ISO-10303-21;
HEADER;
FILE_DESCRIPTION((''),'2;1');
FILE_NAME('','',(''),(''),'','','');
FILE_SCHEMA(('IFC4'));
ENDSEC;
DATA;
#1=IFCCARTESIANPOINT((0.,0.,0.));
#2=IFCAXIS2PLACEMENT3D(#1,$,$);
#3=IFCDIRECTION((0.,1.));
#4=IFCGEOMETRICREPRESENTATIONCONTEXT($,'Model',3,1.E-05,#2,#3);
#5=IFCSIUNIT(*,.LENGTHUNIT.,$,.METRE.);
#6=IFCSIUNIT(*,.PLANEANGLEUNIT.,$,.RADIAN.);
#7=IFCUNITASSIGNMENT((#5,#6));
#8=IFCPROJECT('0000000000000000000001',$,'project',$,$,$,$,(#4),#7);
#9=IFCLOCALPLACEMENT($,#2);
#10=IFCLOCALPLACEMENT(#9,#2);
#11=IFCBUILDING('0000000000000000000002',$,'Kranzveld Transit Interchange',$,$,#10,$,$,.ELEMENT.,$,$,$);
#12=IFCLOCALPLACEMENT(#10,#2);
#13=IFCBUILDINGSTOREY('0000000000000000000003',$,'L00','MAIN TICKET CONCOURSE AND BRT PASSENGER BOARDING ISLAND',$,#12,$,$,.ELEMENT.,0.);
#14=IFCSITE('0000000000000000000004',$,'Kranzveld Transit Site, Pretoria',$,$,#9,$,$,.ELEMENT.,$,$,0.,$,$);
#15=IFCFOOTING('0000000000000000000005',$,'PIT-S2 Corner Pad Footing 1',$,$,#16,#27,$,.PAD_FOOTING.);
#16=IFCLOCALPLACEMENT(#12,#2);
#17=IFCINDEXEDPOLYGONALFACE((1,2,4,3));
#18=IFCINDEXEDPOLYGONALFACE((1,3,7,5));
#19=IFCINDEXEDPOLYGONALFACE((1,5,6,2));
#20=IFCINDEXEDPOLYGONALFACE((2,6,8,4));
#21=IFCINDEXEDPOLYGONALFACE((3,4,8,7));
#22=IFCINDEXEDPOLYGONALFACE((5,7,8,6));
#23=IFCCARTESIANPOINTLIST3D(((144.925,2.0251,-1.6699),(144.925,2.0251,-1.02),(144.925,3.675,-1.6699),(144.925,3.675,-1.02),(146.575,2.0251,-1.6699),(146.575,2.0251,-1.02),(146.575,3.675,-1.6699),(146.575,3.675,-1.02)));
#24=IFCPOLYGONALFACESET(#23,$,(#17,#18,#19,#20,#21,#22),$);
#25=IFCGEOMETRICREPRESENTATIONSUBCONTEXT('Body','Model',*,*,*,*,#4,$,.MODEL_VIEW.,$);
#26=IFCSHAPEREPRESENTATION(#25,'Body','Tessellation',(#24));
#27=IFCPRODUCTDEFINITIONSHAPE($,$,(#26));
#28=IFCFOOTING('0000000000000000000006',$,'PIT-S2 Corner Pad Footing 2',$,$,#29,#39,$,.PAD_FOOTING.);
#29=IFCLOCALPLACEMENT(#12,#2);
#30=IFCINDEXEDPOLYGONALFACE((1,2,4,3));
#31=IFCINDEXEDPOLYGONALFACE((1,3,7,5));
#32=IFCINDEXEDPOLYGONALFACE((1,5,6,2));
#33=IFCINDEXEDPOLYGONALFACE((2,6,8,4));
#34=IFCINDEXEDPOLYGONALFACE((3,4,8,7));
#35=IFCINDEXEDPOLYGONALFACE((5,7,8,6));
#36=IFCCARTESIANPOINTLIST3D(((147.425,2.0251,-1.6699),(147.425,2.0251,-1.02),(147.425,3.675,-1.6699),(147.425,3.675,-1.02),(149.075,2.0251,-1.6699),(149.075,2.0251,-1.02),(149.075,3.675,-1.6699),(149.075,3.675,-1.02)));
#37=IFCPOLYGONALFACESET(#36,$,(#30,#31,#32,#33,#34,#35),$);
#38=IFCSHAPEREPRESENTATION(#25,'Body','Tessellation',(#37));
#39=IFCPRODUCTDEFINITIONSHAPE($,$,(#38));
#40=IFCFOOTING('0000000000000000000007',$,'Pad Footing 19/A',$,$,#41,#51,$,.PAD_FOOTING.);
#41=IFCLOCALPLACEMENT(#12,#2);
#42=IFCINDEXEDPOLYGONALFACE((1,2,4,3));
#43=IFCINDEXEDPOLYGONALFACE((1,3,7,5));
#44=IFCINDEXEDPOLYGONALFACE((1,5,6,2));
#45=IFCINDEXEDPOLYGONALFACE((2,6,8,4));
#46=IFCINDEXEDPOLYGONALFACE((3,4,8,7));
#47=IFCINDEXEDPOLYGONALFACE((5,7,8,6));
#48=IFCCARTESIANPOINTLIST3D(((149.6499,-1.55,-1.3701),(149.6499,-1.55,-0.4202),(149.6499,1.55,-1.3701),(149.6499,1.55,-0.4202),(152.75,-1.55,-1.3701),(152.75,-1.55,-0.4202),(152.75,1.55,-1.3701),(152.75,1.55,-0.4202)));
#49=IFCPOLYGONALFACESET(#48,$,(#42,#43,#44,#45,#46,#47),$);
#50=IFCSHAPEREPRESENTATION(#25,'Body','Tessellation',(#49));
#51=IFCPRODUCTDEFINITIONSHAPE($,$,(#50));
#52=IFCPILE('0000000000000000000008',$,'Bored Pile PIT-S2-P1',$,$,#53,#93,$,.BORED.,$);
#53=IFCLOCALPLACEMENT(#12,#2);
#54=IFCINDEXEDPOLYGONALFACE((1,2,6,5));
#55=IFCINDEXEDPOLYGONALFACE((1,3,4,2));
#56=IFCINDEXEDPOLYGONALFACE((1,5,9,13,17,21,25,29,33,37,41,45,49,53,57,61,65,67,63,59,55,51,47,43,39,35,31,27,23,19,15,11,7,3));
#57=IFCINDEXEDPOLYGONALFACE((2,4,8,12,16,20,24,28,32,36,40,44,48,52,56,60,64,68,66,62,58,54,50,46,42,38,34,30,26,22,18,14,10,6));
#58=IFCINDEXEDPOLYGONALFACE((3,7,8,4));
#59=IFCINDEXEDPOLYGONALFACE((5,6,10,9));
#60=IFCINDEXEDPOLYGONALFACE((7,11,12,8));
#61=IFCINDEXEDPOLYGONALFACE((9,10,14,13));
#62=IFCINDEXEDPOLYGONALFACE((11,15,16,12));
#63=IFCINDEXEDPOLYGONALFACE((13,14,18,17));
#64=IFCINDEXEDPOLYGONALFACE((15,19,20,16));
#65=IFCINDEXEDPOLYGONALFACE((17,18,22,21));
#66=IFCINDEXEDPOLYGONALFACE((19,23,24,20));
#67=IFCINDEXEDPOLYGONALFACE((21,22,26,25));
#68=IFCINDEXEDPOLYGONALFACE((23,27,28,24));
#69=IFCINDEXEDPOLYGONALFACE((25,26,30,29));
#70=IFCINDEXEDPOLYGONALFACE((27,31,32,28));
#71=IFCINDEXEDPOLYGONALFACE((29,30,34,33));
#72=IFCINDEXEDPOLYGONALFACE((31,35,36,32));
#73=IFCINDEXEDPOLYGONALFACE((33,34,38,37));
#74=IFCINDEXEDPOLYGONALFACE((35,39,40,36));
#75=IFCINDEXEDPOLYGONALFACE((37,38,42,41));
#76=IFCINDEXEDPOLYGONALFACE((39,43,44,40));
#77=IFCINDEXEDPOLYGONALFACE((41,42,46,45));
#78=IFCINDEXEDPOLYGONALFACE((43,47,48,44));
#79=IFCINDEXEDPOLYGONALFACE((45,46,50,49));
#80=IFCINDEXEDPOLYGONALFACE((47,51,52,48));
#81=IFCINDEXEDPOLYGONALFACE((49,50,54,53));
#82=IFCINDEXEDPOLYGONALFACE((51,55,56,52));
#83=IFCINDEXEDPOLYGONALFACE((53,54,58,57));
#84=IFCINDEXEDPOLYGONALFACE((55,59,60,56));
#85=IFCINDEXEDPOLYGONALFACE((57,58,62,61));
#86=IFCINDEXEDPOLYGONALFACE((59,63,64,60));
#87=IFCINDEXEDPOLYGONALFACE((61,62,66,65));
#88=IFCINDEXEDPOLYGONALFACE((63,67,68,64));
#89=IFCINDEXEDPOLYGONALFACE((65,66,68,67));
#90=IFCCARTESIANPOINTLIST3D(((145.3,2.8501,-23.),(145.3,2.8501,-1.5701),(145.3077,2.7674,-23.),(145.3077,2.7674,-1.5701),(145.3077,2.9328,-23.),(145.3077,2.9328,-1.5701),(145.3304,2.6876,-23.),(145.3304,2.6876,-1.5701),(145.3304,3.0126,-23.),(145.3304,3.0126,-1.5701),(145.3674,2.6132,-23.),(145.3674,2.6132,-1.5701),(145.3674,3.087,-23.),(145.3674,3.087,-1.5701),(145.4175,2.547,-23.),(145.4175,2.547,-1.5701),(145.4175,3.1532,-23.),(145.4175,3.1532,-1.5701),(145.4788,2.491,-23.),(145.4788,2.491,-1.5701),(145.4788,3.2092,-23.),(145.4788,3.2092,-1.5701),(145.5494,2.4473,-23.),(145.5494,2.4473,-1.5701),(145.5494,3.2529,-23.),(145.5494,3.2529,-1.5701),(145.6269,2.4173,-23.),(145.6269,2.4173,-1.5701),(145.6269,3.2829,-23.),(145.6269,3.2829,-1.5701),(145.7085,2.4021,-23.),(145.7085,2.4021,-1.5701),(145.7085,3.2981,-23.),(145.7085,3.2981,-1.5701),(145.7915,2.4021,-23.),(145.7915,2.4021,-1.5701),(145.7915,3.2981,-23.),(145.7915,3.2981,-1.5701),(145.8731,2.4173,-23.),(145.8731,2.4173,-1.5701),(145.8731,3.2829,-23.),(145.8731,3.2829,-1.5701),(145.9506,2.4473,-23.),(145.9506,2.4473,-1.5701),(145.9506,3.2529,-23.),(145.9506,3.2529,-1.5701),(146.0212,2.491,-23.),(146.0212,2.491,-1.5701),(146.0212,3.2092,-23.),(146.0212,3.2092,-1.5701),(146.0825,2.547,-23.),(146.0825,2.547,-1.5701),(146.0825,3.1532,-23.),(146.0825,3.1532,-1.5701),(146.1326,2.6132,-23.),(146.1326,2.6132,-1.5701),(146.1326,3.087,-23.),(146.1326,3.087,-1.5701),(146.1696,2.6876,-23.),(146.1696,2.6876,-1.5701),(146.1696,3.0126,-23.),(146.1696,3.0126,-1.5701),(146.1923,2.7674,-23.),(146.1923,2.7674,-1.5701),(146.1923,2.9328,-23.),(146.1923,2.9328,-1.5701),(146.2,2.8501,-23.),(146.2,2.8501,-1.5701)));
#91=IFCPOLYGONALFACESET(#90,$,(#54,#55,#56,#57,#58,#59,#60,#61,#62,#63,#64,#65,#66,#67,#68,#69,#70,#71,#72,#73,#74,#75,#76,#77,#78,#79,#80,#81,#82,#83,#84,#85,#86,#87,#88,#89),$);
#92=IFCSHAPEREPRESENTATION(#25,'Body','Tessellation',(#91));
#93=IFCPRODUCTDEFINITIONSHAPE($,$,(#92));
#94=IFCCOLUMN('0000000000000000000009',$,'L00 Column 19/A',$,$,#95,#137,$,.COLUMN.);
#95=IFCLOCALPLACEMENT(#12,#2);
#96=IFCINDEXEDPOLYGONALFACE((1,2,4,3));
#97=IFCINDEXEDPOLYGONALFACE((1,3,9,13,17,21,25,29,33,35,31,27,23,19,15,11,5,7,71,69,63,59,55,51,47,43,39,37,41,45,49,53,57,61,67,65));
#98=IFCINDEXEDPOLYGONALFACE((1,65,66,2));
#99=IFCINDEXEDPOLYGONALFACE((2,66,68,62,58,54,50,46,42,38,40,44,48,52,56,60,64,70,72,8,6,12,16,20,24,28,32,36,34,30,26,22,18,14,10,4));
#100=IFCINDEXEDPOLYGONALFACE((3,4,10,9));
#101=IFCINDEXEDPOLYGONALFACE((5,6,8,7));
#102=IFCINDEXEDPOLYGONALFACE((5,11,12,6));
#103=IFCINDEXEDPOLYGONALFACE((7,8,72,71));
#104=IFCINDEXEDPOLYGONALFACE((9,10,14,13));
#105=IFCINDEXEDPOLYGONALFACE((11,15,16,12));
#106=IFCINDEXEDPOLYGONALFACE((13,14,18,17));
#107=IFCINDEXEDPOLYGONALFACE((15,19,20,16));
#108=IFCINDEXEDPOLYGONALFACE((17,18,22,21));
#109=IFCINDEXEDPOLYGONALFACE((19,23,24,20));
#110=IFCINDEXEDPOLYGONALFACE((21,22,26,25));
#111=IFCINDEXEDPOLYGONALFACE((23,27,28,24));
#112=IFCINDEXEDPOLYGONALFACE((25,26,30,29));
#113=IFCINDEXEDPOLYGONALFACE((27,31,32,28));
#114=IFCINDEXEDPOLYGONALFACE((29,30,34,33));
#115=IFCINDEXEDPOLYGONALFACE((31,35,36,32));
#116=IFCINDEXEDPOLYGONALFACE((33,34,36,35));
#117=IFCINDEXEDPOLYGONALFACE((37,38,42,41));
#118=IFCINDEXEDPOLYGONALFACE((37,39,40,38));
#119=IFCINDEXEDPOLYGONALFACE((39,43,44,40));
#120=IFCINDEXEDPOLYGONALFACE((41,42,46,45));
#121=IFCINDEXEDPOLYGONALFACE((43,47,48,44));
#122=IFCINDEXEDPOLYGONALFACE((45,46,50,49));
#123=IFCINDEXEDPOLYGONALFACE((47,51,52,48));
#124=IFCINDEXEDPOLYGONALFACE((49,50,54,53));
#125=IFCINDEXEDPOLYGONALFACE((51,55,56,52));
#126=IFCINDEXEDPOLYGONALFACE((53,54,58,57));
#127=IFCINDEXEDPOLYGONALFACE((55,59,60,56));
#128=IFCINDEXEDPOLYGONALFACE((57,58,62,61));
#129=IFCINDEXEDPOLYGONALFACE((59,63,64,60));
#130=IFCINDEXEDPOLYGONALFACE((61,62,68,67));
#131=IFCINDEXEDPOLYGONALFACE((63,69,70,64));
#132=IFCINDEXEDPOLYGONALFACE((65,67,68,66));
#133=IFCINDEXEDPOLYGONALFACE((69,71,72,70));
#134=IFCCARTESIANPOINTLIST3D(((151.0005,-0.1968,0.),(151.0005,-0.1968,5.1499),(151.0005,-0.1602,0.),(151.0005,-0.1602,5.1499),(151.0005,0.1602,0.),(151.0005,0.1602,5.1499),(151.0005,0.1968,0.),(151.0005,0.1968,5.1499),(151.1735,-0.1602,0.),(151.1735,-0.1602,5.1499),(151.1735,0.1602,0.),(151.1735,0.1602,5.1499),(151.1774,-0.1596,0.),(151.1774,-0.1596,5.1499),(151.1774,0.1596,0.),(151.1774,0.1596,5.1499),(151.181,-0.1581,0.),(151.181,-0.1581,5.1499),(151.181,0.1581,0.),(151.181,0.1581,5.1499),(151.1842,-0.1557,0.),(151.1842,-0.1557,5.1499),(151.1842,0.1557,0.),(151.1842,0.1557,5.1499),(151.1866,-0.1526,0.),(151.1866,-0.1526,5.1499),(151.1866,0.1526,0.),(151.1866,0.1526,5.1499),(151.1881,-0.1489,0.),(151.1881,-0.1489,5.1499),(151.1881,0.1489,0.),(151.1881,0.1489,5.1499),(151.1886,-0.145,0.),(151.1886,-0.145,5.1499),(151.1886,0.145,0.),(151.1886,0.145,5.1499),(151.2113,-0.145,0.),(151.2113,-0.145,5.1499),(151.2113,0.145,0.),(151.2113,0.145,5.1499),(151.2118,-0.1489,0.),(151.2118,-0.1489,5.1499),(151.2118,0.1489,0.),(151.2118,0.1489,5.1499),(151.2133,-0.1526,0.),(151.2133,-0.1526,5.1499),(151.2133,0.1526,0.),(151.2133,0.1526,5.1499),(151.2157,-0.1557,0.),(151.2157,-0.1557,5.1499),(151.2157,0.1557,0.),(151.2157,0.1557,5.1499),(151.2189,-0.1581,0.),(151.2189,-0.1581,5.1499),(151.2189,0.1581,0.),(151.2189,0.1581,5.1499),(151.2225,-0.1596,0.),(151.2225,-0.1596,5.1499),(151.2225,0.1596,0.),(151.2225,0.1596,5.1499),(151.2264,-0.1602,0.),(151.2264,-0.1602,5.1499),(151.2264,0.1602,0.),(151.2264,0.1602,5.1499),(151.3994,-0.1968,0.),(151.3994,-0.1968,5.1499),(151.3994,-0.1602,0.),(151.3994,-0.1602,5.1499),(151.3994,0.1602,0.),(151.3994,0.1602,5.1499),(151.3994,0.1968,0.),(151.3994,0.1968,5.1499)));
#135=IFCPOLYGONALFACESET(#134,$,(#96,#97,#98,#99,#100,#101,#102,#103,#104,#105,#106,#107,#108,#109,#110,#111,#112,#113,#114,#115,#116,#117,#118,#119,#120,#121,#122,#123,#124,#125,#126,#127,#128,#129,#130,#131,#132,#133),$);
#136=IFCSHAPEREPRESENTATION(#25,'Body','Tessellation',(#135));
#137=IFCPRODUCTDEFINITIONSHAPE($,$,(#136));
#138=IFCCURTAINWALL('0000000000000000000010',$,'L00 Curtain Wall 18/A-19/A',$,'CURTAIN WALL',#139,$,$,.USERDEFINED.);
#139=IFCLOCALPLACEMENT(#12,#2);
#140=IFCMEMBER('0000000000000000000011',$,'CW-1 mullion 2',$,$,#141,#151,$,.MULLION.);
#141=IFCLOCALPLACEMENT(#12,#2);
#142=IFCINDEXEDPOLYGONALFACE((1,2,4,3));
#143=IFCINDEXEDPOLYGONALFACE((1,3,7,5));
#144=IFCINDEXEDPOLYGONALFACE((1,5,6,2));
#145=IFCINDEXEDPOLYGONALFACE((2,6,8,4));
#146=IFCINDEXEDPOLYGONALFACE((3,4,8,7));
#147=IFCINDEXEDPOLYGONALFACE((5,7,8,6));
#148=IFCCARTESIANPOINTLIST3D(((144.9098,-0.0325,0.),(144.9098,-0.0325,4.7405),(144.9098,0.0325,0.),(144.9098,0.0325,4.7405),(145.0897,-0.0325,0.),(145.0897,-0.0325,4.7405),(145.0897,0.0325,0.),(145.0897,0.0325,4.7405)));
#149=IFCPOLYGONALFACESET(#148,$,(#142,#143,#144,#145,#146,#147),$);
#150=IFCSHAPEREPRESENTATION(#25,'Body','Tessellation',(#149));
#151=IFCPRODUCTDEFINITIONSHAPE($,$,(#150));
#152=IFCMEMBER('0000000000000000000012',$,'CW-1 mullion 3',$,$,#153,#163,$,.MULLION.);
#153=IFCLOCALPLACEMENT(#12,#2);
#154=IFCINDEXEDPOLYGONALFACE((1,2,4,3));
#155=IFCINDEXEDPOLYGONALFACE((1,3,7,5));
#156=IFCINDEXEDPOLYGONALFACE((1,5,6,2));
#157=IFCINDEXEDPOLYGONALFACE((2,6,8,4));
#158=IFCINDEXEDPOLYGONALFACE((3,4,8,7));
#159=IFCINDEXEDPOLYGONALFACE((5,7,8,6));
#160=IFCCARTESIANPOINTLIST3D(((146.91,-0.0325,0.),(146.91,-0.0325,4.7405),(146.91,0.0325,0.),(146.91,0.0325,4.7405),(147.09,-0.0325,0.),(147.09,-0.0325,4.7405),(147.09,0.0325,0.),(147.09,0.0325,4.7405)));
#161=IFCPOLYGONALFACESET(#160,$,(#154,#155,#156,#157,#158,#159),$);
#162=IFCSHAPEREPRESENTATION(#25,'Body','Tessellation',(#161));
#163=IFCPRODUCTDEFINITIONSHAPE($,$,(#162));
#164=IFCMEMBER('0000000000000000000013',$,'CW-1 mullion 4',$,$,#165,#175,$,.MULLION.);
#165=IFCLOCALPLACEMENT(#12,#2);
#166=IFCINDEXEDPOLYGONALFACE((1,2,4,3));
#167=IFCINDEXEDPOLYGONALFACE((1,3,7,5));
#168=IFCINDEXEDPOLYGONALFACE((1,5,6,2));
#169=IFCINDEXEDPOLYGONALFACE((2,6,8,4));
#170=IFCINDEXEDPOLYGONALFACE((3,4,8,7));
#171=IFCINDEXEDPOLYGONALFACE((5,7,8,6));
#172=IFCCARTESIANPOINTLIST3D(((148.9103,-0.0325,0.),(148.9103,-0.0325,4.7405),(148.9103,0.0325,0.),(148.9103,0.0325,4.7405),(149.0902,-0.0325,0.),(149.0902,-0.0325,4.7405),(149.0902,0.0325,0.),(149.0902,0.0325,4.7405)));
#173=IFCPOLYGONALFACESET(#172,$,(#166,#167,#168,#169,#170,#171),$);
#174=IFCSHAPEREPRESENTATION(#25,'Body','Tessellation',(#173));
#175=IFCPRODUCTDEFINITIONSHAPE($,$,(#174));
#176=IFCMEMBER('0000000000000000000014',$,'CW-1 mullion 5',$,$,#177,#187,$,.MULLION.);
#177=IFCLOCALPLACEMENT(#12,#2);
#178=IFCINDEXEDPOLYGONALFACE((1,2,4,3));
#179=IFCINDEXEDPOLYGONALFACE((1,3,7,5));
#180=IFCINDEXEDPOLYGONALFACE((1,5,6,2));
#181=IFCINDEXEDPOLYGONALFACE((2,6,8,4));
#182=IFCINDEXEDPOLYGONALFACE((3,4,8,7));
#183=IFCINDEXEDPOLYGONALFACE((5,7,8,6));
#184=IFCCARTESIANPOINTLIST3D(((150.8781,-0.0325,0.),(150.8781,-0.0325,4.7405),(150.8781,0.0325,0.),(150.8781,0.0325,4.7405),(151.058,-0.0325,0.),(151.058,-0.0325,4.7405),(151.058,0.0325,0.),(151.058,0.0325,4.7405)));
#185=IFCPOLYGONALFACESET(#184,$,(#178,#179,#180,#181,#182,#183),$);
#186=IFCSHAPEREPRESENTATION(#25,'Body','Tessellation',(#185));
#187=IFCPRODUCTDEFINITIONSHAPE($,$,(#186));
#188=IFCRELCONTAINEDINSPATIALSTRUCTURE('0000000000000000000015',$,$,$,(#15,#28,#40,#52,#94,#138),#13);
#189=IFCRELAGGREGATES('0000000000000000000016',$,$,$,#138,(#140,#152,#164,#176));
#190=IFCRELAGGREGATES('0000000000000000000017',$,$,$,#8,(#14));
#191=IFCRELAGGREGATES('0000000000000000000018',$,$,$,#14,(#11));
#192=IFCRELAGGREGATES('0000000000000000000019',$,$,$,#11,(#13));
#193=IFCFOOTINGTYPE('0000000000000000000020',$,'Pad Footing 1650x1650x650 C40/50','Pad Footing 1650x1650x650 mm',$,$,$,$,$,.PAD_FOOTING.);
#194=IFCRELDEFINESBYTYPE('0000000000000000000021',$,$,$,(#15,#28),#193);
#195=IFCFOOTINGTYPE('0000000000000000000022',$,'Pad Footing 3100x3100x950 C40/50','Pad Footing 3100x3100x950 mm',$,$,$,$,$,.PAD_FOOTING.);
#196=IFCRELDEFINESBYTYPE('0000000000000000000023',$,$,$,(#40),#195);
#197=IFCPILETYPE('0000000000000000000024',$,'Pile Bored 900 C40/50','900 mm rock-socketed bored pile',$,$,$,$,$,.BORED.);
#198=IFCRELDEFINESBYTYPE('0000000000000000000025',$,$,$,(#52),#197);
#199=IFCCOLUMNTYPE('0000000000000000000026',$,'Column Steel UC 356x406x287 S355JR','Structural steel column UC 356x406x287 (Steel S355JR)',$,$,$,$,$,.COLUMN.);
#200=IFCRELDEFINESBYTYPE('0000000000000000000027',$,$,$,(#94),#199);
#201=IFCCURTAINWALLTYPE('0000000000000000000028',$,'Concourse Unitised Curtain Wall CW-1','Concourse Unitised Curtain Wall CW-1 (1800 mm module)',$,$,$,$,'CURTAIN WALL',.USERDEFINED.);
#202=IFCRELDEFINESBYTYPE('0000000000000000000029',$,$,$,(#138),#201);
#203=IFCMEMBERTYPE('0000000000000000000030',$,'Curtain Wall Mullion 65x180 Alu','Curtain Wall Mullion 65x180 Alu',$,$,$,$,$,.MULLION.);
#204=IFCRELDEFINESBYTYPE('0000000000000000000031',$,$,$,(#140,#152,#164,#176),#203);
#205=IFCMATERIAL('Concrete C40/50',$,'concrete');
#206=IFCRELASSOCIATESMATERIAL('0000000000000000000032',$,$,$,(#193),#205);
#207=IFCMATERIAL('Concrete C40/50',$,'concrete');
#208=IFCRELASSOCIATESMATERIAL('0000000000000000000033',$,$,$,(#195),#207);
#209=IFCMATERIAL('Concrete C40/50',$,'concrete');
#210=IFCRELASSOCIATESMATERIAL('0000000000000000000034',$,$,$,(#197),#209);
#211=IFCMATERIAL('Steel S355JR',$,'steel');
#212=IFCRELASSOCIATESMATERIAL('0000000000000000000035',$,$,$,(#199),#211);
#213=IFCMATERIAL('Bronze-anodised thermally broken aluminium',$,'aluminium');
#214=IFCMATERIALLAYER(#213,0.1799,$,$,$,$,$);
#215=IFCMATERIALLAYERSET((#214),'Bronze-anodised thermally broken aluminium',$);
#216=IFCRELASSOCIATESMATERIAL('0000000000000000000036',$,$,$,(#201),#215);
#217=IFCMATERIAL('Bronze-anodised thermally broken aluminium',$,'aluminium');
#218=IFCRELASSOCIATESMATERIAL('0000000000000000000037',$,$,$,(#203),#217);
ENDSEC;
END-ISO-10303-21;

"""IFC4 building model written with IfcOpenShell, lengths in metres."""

from ifc_helpers import new_model, si_unit, direction, frame, origin, origin_2d, place, context, subcontext, project, spatial, rectangle, circle, i_section, extrude, material, layer, layer_set, material_profile, profile_set, type_object, element, aggregate, save


model = new_model("IFC4")

# Units and contexts
model_context = context("Model", 3, precision=1e-05, world=origin(), true_north=direction((0.0, 1.0)))
body_context = subcontext(model_context, "Body", "Model", "MODEL_VIEW")
ifc_project = project(units=[si_unit("LENGTHUNIT", "METRE"), si_unit("PLANEANGLEUNIT", "RADIAN")], contexts=[model_context])

# Site, building, storey
site_placement = place(None, origin())
site = spatial("IfcSite", under=ifc_project, at=site_placement, Name="Kranzveld Transit Site, Pretoria", CompositionType="ELEMENT", RefElevation=0.0)
building_placement = place(site_placement, origin())
building = spatial("IfcBuilding", under=site, at=building_placement, Name="Kranzveld Transit Interchange", CompositionType="ELEMENT")
storey_placement = place(building_placement, origin())
storey = spatial("IfcBuildingStorey", under=building, at=storey_placement, Name="L00", Description="MAIN TICKET CONCOURSE AND BRT PASSENGER BOARDING ISLAND", CompositionType="ELEMENT", Elevation=0.0)

# Footings
ifc_material_1 = material(Name="Concrete C40/50", Category="concrete")
footing_type_1 = type_object("IfcFootingType", Name="Pad Footing 1650x1650x650 C40/50", Description="Pad Footing 1650x1650x650 mm", PredefinedType="PAD_FOOTING", material=ifc_material_1)
for number, where, z_axis, x_axis, name in (
    (1, (145.75, 2.8501, -1.6699), (0.0, 0.0, 1.0), (1.0, 0.0, 0.0), "PIT-S2 Corner Pad Footing 1"),
    (2, (148.25, 2.8501, -1.6699), (0.0, 0.0, 1.0), (1.0, 0.0, 0.0), "PIT-S2 Corner Pad Footing 2"),
):
    element("IfcFooting", number, at=place(storey_placement, frame(where, z_axis=z_axis, x_axis=x_axis)), inside=storey, type_object=footing_type_1, Name=name, PredefinedType="PAD_FOOTING", context=body_context, shape_type="SweptSolid", body=[
        extrude(rectangle(XDim=1.6499, YDim=1.6499, at=origin_2d()), origin(), (0.0, 0.0, 1.0), 0.6499),
    ])
ifc_material_2 = material(Name="Concrete C40/50", Category="concrete")
footing_type_2 = type_object("IfcFootingType", Name="Pad Footing 3100x3100x950 C40/50", Description="Pad Footing 3100x3100x950 mm", PredefinedType="PAD_FOOTING", material=ifc_material_2)
footing_placement = place(storey_placement, frame((151.2, 0.0, -1.3701), z_axis=(0.0, 0.0, 1.0), x_axis=(1.0, 0.0, 0.0)))
element("IfcFooting", 3, at=footing_placement, inside=storey, type_object=footing_type_2, Name="Pad Footing 19/A", PredefinedType="PAD_FOOTING", context=body_context, shape_type="SweptSolid", body=[
    extrude(rectangle(XDim=3.1001, YDim=3.1001, at=origin_2d()), origin(), (0.0, 0.0, 1.0), 0.95),
])

# Pile
ifc_material_3 = material(Name="Concrete C40/50", Category="concrete")
ifc_material_profile_1 = material_profile(ifc_material_3, circle(Radius=0.45, at=origin_2d()), Name="BORED PILE 900")
ifc_profile_set_1 = profile_set([ifc_material_profile_1], Name="Concrete C40/50")
pile_type = type_object("IfcPileType", Name="Pile Bored 900 C40/50", Description="900 mm rock-socketed bored pile", PredefinedType="BORED", material=ifc_profile_set_1)
pile_placement = place(storey_placement, frame((145.75, 2.8501, -1.5701), z_axis=(0.0, 0.0, -1.0), x_axis=(1.0, 0.0, 0.0)))
element("IfcPile", 4, at=pile_placement, inside=storey, type_object=pile_type, Name="Bored Pile PIT-S2-P1", PredefinedType="BORED", context=body_context, shape_type="SweptSolid", body=[
    extrude(circle(Radius=0.45, at=origin_2d()), origin(), (0.0, 0.0, 1.0), 21.4299),
])

# Column
ifc_material_4 = material(Name="Steel S355JR", Category="steel")
ifc_material_profile_2 = material_profile(ifc_material_4, i_section(OverallWidth=0.3989, OverallDepth=0.3936, WebThickness=0.0227, FlangeThickness=0.0366, FilletRadius=0.0151, at=origin_2d()), Name="UC 356x406x287")
ifc_profile_set_2 = profile_set([ifc_material_profile_2], Name="Steel S355JR")
column_type = type_object("IfcColumnType", Name="Column Steel UC 356x406x287 S355JR", Description="Structural steel column UC 356x406x287 (Steel S355JR)", PredefinedType="COLUMN", material=ifc_profile_set_2)
column_placement = place(storey_placement, frame((151.2, 0.0, 0.0), z_axis=(0.0, 0.0, 1.0), x_axis=(1.0, 0.0, 0.0)))
element("IfcColumn", 5, at=column_placement, inside=storey, type_object=column_type, Name="L00 Column 19/A", PredefinedType="COLUMN", context=body_context, shape_type="SweptSolid", body=[
    extrude(i_section(OverallWidth=0.3989, OverallDepth=0.3936, WebThickness=0.0227, FlangeThickness=0.0366, FilletRadius=0.0151, at=origin_2d()), origin(), (0.0, 0.0, 1.0), 5.1499),
])

# Curtain wall, members
ifc_material_5 = material(Name="Bronze-anodised thermally broken aluminium", Category="aluminium")
ifc_layer_1 = layer(ifc_material_5, 0.1799)
ifc_layer_set_1 = layer_set([ifc_layer_1], Name="Bronze-anodised thermally broken aluminium")
curtain_wall_type = type_object("IfcCurtainWallType", Name="Concourse Unitised Curtain Wall CW-1", Description="Concourse Unitised Curtain Wall CW-1 (1800 mm module)", ElementType="CURTAIN WALL", PredefinedType="USERDEFINED", material=ifc_layer_set_1)
curtain_wall_placement = place(storey_placement, origin())
curtain_wall = element("IfcCurtainWall", 6, at=curtain_wall_placement, inside=storey, type_object=curtain_wall_type, Name="L00 Curtain Wall 18/A-19/A", ObjectType="CURTAIN WALL", PredefinedType="USERDEFINED")
ifc_material_6 = material(Name="Bronze-anodised thermally broken aluminium", Category="aluminium")
ifc_material_profile_3 = material_profile(ifc_material_6, rectangle(XDim=0.0649, YDim=0.1799, at=origin_2d()), Name="ALU MULLION 65x180")
ifc_profile_set_3 = profile_set([ifc_material_profile_3], Name="Bronze-anodised thermally broken aluminium")
member_type_1 = type_object("IfcMemberType", Name="Curtain Wall Mullion 65x180 Alu", Description="Curtain Wall Mullion 65x180 Alu", PredefinedType="MULLION", material=ifc_profile_set_3)
member_1_placement = place(storey_placement, frame((144.9998, 0.0, 0.0), z_axis=(0.0, 0.0, 1.0), x_axis=(0.0, 1.0, 0.0)))
member_1 = element("IfcMember", 7, at=member_1_placement, type_object=member_type_1, Name="CW-1 mullion 2", PredefinedType="MULLION", context=body_context, shape_type="SweptSolid", body=[
    extrude(rectangle(XDim=0.0649, YDim=0.1799, at=origin_2d()), origin(), (0.0, 0.0, 1.0), 4.7405),
])
member_2_placement = place(storey_placement, frame((147.0, 0.0, 0.0), z_axis=(0.0, 0.0, 1.0), x_axis=(0.0, 1.0, 0.0)))
member_2 = element("IfcMember", 8, at=member_2_placement, type_object=member_type_1, Name="CW-1 mullion 3", PredefinedType="MULLION", context=body_context, shape_type="SweptSolid", body=[
    extrude(rectangle(XDim=0.0649, YDim=0.1799, at=origin_2d()), origin(), (0.0, 0.0, 1.0), 4.7405),
])
member_3_placement = place(storey_placement, frame((149.0002, 0.0, 0.0), z_axis=(0.0, 0.0, 1.0), x_axis=(0.0, 1.0, 0.0)))
member_3 = element("IfcMember", 9, at=member_3_placement, type_object=member_type_1, Name="CW-1 mullion 4", PredefinedType="MULLION", context=body_context, shape_type="SweptSolid", body=[
    extrude(rectangle(XDim=0.0649, YDim=0.1799, at=origin_2d()), origin(), (0.0, 0.0, 1.0), 4.7405),
])
member_4_placement = place(storey_placement, frame((150.968, 0.0, 0.0), z_axis=(0.0, 0.0, 1.0), x_axis=(0.0, 1.0, 0.0)))
member_4 = element("IfcMember", 10, at=member_4_placement, type_object=member_type_1, Name="CW-1 mullion 5", PredefinedType="MULLION", context=body_context, shape_type="SweptSolid", body=[
    extrude(rectangle(XDim=0.0649, YDim=0.1799, at=origin_2d()), origin(), (0.0, 0.0, 1.0), 4.7405),
])

aggregate(curtain_wall, [member_1, member_2, member_3, member_4])

save(model, "model.ifc")
